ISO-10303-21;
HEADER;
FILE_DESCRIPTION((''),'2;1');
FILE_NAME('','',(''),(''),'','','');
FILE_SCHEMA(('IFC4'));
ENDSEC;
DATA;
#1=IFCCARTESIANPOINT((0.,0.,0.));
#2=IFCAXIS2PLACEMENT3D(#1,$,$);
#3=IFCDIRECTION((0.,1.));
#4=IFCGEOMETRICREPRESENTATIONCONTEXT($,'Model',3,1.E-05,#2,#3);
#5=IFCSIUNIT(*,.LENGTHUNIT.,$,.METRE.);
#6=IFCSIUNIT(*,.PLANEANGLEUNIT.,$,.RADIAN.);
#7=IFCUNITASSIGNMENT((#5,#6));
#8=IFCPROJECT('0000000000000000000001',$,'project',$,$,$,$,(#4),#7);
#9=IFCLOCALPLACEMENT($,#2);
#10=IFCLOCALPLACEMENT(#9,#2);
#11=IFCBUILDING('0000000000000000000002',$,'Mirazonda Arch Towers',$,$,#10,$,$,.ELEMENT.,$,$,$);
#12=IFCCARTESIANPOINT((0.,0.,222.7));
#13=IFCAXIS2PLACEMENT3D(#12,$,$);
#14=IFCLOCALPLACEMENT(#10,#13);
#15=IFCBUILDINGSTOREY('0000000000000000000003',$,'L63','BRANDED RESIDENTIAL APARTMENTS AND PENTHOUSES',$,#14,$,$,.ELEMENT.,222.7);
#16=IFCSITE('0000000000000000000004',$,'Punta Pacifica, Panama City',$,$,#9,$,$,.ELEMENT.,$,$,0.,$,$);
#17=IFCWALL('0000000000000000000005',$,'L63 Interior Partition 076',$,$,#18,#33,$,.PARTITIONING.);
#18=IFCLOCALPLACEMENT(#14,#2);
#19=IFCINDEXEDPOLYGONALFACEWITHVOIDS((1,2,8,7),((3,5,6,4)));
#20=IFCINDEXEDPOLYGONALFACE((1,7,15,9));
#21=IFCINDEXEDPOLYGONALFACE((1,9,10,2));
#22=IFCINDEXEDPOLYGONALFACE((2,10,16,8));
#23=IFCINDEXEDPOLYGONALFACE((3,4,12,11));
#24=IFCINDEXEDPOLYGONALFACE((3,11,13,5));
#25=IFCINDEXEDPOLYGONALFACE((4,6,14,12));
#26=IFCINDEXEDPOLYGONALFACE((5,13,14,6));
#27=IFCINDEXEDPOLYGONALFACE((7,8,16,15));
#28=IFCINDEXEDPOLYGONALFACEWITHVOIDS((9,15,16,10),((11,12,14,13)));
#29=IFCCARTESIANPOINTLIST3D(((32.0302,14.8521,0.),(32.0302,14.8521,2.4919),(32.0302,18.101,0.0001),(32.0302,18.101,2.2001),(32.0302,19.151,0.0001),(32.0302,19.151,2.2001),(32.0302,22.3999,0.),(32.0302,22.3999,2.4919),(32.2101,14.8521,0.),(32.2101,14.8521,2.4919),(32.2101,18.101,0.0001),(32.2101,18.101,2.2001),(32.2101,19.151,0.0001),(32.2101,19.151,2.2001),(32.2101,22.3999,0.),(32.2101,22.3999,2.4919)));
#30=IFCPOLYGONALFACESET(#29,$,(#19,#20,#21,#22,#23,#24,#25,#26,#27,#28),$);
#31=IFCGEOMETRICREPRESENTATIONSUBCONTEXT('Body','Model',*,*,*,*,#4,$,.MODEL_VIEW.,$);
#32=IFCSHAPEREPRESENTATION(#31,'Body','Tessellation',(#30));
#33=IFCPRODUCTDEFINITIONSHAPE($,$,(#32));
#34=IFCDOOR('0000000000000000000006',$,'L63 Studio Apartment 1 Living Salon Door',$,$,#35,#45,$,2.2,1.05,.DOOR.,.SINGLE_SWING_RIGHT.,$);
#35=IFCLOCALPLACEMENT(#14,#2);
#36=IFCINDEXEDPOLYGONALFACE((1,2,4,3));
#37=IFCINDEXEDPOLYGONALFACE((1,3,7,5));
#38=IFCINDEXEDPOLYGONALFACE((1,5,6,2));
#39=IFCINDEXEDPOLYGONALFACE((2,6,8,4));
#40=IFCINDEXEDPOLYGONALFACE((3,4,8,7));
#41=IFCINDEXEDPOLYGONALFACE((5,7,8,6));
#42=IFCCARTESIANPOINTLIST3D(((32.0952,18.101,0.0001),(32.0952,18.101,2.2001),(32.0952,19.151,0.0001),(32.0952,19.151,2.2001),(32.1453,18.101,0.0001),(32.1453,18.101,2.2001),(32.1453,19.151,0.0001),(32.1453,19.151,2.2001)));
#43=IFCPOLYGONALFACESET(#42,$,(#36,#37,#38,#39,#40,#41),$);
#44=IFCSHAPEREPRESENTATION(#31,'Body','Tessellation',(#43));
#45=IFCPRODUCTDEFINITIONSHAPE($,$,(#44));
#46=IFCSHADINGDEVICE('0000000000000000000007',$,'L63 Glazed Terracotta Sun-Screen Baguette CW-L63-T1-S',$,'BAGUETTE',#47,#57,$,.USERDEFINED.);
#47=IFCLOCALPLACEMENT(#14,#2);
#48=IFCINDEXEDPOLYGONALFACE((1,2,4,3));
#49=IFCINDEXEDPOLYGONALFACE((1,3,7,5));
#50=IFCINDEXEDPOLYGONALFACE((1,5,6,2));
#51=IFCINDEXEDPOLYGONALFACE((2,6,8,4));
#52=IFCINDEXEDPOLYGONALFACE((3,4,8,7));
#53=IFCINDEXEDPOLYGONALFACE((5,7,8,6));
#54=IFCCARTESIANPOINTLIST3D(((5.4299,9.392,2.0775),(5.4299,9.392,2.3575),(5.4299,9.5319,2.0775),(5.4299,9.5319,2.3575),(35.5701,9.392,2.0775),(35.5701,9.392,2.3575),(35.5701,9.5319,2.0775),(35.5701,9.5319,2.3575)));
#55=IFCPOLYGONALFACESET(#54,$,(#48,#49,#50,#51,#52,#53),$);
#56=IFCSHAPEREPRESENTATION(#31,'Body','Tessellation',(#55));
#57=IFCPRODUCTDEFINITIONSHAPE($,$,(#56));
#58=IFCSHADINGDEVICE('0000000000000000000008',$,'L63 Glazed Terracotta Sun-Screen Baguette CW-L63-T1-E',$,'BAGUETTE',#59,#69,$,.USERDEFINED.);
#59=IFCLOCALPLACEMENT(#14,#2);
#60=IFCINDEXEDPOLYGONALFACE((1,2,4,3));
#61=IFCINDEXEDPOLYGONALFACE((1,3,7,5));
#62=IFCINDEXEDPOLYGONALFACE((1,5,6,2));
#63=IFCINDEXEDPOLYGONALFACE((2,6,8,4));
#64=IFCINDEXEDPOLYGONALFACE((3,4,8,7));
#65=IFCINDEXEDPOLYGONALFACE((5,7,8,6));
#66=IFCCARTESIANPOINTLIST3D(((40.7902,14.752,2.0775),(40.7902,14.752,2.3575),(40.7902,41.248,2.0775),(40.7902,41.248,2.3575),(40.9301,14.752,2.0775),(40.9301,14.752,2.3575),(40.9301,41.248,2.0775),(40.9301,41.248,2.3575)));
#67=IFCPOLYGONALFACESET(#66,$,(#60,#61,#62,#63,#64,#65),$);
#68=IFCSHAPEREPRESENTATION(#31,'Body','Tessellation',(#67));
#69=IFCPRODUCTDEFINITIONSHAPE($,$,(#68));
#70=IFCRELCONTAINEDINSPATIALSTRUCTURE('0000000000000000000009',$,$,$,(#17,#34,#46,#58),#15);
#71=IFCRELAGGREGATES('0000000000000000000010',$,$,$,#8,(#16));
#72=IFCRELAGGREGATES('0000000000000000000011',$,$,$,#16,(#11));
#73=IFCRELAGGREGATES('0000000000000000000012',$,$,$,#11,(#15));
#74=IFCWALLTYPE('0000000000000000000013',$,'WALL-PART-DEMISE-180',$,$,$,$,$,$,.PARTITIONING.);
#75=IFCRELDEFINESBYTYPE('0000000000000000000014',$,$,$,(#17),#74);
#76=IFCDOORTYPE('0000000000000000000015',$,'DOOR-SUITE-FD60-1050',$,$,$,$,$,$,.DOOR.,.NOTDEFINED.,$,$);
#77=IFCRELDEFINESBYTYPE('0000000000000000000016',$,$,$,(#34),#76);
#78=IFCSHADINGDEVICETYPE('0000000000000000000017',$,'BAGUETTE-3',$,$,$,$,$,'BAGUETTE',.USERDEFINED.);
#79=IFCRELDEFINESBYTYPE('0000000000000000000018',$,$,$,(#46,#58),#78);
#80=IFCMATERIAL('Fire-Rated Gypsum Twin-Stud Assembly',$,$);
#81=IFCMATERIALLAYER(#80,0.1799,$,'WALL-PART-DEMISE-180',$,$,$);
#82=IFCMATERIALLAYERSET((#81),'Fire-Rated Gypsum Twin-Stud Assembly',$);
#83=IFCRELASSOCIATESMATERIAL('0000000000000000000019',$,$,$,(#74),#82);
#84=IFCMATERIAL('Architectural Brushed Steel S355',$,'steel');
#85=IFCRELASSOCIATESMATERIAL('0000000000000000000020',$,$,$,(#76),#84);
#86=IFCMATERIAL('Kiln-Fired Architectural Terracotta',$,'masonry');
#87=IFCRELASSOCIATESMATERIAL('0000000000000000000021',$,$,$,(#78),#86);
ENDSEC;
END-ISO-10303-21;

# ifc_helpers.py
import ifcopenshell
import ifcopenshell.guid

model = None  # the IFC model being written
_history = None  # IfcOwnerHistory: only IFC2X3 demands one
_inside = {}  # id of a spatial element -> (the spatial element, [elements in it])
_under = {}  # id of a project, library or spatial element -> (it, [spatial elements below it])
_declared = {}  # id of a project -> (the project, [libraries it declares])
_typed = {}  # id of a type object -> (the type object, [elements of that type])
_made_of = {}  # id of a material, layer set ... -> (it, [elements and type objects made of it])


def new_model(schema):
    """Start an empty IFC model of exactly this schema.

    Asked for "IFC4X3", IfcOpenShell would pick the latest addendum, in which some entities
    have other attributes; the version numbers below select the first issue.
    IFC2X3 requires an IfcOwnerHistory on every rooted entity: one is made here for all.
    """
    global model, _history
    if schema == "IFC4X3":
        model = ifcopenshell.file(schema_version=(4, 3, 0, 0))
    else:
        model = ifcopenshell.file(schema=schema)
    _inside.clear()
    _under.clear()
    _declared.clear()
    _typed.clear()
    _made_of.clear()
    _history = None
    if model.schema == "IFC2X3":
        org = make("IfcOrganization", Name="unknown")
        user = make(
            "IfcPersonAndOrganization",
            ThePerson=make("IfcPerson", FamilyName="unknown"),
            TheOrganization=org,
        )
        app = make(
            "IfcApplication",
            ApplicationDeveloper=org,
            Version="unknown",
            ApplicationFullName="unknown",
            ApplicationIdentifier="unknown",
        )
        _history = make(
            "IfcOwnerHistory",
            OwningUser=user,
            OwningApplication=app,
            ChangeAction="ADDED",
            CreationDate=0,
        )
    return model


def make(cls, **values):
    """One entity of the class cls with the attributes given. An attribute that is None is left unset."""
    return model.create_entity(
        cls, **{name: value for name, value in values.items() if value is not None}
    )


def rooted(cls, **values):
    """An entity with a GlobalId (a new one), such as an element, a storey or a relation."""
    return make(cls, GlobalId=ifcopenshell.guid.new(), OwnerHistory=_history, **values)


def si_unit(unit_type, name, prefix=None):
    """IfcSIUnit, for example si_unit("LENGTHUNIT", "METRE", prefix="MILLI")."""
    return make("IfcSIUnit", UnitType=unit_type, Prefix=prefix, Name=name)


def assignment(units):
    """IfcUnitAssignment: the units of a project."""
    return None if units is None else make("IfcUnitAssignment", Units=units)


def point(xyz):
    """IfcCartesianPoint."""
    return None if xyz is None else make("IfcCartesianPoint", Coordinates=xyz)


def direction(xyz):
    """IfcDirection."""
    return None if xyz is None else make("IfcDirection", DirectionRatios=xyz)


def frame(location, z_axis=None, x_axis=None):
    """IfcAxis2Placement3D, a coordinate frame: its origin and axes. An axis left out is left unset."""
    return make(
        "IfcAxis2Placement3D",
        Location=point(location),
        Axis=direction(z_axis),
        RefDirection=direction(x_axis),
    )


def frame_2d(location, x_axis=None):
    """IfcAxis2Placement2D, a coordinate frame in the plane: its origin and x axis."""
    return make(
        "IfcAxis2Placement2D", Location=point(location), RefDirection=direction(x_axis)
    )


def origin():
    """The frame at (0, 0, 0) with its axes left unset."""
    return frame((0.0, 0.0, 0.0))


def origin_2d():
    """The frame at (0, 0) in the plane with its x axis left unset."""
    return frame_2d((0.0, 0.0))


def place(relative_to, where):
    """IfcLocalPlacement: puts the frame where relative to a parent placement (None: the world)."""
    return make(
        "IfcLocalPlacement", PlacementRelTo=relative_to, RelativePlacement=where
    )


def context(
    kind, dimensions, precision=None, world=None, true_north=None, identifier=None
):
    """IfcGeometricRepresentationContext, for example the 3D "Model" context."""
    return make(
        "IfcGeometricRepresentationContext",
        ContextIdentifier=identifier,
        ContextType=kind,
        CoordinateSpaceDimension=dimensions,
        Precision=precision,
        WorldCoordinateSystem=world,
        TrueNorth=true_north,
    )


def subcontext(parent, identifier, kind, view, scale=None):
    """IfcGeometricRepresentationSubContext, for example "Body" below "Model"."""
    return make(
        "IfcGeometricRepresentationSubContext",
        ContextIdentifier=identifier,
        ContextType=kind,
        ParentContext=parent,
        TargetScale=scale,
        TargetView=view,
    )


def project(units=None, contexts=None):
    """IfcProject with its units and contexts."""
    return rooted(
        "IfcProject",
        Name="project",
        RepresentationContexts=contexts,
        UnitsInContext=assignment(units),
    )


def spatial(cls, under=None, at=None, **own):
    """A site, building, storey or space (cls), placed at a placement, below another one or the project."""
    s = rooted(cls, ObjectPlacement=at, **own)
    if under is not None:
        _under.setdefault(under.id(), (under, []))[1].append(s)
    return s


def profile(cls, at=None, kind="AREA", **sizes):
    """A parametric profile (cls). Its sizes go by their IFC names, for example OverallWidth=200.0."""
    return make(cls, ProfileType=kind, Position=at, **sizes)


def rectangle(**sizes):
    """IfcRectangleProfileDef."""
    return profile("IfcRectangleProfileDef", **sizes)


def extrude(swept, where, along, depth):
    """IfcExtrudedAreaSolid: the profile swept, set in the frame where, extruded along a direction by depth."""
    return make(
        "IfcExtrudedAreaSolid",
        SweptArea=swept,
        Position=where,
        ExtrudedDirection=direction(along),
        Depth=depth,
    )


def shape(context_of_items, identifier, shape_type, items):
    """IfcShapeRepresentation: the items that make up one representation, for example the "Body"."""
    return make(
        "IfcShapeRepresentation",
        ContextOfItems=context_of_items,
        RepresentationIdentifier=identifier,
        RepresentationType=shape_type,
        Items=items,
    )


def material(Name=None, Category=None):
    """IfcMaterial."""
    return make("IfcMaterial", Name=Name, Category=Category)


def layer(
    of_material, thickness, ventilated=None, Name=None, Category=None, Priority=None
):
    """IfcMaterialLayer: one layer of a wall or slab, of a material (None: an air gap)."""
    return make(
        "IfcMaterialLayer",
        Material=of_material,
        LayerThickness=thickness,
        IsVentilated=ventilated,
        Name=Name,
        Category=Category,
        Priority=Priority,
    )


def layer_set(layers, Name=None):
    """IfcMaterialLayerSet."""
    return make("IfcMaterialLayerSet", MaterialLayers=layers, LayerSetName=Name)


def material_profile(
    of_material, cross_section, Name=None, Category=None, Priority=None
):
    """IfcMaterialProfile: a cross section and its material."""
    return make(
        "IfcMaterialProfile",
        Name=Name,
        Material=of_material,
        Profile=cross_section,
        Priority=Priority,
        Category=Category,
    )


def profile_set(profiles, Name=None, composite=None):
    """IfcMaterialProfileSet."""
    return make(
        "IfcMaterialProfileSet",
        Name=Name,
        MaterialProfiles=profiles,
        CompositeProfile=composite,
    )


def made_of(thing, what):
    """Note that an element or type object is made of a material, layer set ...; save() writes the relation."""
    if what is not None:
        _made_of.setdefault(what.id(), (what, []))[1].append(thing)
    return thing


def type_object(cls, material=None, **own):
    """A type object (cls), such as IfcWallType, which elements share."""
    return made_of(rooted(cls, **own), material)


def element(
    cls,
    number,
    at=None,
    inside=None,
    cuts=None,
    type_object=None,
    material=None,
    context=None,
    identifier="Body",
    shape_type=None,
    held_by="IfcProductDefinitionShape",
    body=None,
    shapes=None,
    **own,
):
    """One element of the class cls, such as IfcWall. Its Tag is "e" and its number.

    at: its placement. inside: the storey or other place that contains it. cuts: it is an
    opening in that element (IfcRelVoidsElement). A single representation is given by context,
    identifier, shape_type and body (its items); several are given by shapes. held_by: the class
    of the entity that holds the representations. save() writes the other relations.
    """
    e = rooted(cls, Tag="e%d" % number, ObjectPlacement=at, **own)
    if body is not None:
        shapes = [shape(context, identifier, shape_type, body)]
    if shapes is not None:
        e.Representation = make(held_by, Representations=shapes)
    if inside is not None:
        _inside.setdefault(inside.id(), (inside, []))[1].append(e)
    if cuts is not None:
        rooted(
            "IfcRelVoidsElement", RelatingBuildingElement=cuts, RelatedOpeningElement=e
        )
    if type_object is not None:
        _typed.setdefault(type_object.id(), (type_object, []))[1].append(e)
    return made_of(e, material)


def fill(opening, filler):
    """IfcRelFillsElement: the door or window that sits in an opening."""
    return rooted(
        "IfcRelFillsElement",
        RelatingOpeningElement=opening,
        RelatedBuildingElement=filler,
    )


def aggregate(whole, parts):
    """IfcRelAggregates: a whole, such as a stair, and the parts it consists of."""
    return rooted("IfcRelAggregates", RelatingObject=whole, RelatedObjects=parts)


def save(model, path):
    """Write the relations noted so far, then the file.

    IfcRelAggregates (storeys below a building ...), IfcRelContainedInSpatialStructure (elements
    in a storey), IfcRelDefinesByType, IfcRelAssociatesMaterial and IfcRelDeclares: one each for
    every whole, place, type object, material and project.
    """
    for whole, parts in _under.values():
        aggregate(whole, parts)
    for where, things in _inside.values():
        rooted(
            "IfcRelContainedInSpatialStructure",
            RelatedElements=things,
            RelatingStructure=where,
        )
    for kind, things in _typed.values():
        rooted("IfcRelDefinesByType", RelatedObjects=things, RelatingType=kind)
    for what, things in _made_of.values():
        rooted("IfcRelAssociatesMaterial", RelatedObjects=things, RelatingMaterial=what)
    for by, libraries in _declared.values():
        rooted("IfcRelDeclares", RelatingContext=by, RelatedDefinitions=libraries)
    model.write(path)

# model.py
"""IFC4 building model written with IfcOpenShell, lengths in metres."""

from ifc_helpers import new_model, si_unit, direction, frame, frame_2d, origin, origin_2d, place, context, subcontext, project, spatial, rectangle, extrude, material, layer, layer_set, material_profile, profile_set, type_object, element, fill, save


model = new_model("IFC4")

# Units and contexts
model_context = context("Model", 3, precision=1e-05, world=origin(), true_north=direction((0.0, 1.0)))
body_context = subcontext(model_context, "Body", "Model", "MODEL_VIEW")
ifc_project = project(units=[si_unit("LENGTHUNIT", "METRE"), si_unit("PLANEANGLEUNIT", "RADIAN")], contexts=[model_context])

# Site, building, storey
site_placement = place(None, origin())
site = spatial("IfcSite", under=ifc_project, at=site_placement, Name="Punta Pacifica, Panama City", CompositionType="ELEMENT", RefElevation=0.0)
building_placement = place(site_placement, origin())
building = spatial("IfcBuilding", under=site, at=building_placement, Name="Mirazonda Arch Towers", CompositionType="ELEMENT")
storey_placement = place(building_placement, frame((0.0, 0.0, 222.7)))
storey = spatial("IfcBuildingStorey", under=building, at=storey_placement, Name="L63", Description="BRANDED RESIDENTIAL APARTMENTS AND PENTHOUSES", CompositionType="ELEMENT", Elevation=222.7)

# Shared definitions
ifc_material_1 = material(Name="Fire-Rated Gypsum Twin-Stud Assembly")
ifc_layer_1 = layer(ifc_material_1, 0.1799, Name="WALL-PART-DEMISE-180")
ifc_layer_set_1 = layer_set([ifc_layer_1], Name="Fire-Rated Gypsum Twin-Stud Assembly")
wall_type_1 = type_object("IfcWallType", Name="WALL-PART-DEMISE-180", PredefinedType="PARTITIONING", material=ifc_layer_set_1)

# Wall, opening, door
ifc_material_2 = material(Name="Architectural Brushed Steel S355", Category="steel")
wall_1_placement = place(storey_placement, frame((32.1201, 14.8521, 0.0), z_axis=(0.0, 0.0, 1.0), x_axis=(0.0, 1.0, 0.0)))
wall_1 = element("IfcWall", 1, at=wall_1_placement, inside=storey, type_object=wall_type_1, Name="L63 Interior Partition 076", PredefinedType="PARTITIONING", context=body_context, shape_type="SweptSolid", body=[
    extrude(rectangle(XDim=7.5479, YDim=0.1799, at=frame_2d((3.7739, 0.0))), origin(), (0.0, 0.0, 1.0), 2.4919),
])
opening_1_placement = place(wall_1_placement, frame((3.249, 0.0, 0.0)))
opening_1 = element("IfcOpeningElement", 2, at=opening_1_placement, cuts=wall_1, PredefinedType="OPENING", context=body_context, shape_type="SweptSolid", body=[
    extrude(rectangle(XDim=1.05, YDim=2.2, at=frame_2d((0.5249, 1.1001))), frame((0.0, 0.0999, 0.0), z_axis=(0.0, -1.0, 0.0), x_axis=(1.0, 0.0, 0.0)), (0.0, 0.0, 1.0), 0.2),
])
door_type_1 = type_object("IfcDoorType", Name="DOOR-SUITE-FD60-1050", OperationType="NOTDEFINED", PredefinedType="DOOR", material=ifc_material_2)
door_1_placement = place(opening_1_placement, origin())
door_1 = element("IfcDoor", 3, at=door_1_placement, inside=storey, type_object=door_type_1, Name="L63 Studio Apartment 1 Living Salon Door", OperationType="SINGLE_SWING_RIGHT", OverallHeight=2.2, OverallWidth=1.05, PredefinedType="DOOR", context=body_context, shape_type="SweptSolid", body=[
    extrude(rectangle(XDim=1.05, YDim=2.2, at=frame_2d((0.5249, 1.1001))), frame((0.0, 0.0249, 0.0), z_axis=(0.0, -1.0, 0.0), x_axis=(1.0, 0.0, 0.0)), (0.0, 0.0, 1.0), 0.05),
])
fill(opening_1, door_1)

# Shading devices
ifc_material_3 = material(Name="Kiln-Fired Architectural Terracotta", Category="masonry")
ifc_material_profile_1 = material_profile(ifc_material_3, rectangle(XDim=0.1399, YDim=0.28, at=origin_2d()), Name="TERRA-BAG-140x280")
ifc_profile_set_1 = profile_set([ifc_material_profile_1], Name="Kiln-Fired Architectural Terracotta")
shading_device_type = type_object("IfcShadingDeviceType", Name="BAGUETTE-3", ElementType="BAGUETTE", PredefinedType="USERDEFINED", material=ifc_profile_set_1)
shading_device_1_placement = place(storey_placement, frame((35.5701, 9.4619, 2.2175), z_axis=(-1.0, 0.0, 0.0), x_axis=(0.0, -1.0, 0.0)))
element("IfcShadingDevice", 4, at=shading_device_1_placement, inside=storey, type_object=shading_device_type, Name="L63 Glazed Terracotta Sun-Screen Baguette CW-L63-T1-S", ObjectType="BAGUETTE", PredefinedType="USERDEFINED", context=body_context, shape_type="SweptSolid", body=[
    extrude(rectangle(XDim=0.1399, YDim=0.28, at=origin_2d()), origin(), (0.0, 0.0, 1.0), 30.1401),
])
shading_device_2_placement = place(storey_placement, frame((40.8601, 14.752, 2.2175), z_axis=(0.0, 1.0, 0.0), x_axis=(-1.0, 0.0, 0.0)))
element("IfcShadingDevice", 5, at=shading_device_2_placement, inside=storey, type_object=shading_device_type, Name="L63 Glazed Terracotta Sun-Screen Baguette CW-L63-T1-E", ObjectType="BAGUETTE", PredefinedType="USERDEFINED", context=body_context, shape_type="SweptSolid", body=[
    extrude(rectangle(XDim=0.1399, YDim=0.28, at=origin_2d()), origin(), (0.0, 0.0, 1.0), 26.4961),
])

save(model, "model.ifc")
